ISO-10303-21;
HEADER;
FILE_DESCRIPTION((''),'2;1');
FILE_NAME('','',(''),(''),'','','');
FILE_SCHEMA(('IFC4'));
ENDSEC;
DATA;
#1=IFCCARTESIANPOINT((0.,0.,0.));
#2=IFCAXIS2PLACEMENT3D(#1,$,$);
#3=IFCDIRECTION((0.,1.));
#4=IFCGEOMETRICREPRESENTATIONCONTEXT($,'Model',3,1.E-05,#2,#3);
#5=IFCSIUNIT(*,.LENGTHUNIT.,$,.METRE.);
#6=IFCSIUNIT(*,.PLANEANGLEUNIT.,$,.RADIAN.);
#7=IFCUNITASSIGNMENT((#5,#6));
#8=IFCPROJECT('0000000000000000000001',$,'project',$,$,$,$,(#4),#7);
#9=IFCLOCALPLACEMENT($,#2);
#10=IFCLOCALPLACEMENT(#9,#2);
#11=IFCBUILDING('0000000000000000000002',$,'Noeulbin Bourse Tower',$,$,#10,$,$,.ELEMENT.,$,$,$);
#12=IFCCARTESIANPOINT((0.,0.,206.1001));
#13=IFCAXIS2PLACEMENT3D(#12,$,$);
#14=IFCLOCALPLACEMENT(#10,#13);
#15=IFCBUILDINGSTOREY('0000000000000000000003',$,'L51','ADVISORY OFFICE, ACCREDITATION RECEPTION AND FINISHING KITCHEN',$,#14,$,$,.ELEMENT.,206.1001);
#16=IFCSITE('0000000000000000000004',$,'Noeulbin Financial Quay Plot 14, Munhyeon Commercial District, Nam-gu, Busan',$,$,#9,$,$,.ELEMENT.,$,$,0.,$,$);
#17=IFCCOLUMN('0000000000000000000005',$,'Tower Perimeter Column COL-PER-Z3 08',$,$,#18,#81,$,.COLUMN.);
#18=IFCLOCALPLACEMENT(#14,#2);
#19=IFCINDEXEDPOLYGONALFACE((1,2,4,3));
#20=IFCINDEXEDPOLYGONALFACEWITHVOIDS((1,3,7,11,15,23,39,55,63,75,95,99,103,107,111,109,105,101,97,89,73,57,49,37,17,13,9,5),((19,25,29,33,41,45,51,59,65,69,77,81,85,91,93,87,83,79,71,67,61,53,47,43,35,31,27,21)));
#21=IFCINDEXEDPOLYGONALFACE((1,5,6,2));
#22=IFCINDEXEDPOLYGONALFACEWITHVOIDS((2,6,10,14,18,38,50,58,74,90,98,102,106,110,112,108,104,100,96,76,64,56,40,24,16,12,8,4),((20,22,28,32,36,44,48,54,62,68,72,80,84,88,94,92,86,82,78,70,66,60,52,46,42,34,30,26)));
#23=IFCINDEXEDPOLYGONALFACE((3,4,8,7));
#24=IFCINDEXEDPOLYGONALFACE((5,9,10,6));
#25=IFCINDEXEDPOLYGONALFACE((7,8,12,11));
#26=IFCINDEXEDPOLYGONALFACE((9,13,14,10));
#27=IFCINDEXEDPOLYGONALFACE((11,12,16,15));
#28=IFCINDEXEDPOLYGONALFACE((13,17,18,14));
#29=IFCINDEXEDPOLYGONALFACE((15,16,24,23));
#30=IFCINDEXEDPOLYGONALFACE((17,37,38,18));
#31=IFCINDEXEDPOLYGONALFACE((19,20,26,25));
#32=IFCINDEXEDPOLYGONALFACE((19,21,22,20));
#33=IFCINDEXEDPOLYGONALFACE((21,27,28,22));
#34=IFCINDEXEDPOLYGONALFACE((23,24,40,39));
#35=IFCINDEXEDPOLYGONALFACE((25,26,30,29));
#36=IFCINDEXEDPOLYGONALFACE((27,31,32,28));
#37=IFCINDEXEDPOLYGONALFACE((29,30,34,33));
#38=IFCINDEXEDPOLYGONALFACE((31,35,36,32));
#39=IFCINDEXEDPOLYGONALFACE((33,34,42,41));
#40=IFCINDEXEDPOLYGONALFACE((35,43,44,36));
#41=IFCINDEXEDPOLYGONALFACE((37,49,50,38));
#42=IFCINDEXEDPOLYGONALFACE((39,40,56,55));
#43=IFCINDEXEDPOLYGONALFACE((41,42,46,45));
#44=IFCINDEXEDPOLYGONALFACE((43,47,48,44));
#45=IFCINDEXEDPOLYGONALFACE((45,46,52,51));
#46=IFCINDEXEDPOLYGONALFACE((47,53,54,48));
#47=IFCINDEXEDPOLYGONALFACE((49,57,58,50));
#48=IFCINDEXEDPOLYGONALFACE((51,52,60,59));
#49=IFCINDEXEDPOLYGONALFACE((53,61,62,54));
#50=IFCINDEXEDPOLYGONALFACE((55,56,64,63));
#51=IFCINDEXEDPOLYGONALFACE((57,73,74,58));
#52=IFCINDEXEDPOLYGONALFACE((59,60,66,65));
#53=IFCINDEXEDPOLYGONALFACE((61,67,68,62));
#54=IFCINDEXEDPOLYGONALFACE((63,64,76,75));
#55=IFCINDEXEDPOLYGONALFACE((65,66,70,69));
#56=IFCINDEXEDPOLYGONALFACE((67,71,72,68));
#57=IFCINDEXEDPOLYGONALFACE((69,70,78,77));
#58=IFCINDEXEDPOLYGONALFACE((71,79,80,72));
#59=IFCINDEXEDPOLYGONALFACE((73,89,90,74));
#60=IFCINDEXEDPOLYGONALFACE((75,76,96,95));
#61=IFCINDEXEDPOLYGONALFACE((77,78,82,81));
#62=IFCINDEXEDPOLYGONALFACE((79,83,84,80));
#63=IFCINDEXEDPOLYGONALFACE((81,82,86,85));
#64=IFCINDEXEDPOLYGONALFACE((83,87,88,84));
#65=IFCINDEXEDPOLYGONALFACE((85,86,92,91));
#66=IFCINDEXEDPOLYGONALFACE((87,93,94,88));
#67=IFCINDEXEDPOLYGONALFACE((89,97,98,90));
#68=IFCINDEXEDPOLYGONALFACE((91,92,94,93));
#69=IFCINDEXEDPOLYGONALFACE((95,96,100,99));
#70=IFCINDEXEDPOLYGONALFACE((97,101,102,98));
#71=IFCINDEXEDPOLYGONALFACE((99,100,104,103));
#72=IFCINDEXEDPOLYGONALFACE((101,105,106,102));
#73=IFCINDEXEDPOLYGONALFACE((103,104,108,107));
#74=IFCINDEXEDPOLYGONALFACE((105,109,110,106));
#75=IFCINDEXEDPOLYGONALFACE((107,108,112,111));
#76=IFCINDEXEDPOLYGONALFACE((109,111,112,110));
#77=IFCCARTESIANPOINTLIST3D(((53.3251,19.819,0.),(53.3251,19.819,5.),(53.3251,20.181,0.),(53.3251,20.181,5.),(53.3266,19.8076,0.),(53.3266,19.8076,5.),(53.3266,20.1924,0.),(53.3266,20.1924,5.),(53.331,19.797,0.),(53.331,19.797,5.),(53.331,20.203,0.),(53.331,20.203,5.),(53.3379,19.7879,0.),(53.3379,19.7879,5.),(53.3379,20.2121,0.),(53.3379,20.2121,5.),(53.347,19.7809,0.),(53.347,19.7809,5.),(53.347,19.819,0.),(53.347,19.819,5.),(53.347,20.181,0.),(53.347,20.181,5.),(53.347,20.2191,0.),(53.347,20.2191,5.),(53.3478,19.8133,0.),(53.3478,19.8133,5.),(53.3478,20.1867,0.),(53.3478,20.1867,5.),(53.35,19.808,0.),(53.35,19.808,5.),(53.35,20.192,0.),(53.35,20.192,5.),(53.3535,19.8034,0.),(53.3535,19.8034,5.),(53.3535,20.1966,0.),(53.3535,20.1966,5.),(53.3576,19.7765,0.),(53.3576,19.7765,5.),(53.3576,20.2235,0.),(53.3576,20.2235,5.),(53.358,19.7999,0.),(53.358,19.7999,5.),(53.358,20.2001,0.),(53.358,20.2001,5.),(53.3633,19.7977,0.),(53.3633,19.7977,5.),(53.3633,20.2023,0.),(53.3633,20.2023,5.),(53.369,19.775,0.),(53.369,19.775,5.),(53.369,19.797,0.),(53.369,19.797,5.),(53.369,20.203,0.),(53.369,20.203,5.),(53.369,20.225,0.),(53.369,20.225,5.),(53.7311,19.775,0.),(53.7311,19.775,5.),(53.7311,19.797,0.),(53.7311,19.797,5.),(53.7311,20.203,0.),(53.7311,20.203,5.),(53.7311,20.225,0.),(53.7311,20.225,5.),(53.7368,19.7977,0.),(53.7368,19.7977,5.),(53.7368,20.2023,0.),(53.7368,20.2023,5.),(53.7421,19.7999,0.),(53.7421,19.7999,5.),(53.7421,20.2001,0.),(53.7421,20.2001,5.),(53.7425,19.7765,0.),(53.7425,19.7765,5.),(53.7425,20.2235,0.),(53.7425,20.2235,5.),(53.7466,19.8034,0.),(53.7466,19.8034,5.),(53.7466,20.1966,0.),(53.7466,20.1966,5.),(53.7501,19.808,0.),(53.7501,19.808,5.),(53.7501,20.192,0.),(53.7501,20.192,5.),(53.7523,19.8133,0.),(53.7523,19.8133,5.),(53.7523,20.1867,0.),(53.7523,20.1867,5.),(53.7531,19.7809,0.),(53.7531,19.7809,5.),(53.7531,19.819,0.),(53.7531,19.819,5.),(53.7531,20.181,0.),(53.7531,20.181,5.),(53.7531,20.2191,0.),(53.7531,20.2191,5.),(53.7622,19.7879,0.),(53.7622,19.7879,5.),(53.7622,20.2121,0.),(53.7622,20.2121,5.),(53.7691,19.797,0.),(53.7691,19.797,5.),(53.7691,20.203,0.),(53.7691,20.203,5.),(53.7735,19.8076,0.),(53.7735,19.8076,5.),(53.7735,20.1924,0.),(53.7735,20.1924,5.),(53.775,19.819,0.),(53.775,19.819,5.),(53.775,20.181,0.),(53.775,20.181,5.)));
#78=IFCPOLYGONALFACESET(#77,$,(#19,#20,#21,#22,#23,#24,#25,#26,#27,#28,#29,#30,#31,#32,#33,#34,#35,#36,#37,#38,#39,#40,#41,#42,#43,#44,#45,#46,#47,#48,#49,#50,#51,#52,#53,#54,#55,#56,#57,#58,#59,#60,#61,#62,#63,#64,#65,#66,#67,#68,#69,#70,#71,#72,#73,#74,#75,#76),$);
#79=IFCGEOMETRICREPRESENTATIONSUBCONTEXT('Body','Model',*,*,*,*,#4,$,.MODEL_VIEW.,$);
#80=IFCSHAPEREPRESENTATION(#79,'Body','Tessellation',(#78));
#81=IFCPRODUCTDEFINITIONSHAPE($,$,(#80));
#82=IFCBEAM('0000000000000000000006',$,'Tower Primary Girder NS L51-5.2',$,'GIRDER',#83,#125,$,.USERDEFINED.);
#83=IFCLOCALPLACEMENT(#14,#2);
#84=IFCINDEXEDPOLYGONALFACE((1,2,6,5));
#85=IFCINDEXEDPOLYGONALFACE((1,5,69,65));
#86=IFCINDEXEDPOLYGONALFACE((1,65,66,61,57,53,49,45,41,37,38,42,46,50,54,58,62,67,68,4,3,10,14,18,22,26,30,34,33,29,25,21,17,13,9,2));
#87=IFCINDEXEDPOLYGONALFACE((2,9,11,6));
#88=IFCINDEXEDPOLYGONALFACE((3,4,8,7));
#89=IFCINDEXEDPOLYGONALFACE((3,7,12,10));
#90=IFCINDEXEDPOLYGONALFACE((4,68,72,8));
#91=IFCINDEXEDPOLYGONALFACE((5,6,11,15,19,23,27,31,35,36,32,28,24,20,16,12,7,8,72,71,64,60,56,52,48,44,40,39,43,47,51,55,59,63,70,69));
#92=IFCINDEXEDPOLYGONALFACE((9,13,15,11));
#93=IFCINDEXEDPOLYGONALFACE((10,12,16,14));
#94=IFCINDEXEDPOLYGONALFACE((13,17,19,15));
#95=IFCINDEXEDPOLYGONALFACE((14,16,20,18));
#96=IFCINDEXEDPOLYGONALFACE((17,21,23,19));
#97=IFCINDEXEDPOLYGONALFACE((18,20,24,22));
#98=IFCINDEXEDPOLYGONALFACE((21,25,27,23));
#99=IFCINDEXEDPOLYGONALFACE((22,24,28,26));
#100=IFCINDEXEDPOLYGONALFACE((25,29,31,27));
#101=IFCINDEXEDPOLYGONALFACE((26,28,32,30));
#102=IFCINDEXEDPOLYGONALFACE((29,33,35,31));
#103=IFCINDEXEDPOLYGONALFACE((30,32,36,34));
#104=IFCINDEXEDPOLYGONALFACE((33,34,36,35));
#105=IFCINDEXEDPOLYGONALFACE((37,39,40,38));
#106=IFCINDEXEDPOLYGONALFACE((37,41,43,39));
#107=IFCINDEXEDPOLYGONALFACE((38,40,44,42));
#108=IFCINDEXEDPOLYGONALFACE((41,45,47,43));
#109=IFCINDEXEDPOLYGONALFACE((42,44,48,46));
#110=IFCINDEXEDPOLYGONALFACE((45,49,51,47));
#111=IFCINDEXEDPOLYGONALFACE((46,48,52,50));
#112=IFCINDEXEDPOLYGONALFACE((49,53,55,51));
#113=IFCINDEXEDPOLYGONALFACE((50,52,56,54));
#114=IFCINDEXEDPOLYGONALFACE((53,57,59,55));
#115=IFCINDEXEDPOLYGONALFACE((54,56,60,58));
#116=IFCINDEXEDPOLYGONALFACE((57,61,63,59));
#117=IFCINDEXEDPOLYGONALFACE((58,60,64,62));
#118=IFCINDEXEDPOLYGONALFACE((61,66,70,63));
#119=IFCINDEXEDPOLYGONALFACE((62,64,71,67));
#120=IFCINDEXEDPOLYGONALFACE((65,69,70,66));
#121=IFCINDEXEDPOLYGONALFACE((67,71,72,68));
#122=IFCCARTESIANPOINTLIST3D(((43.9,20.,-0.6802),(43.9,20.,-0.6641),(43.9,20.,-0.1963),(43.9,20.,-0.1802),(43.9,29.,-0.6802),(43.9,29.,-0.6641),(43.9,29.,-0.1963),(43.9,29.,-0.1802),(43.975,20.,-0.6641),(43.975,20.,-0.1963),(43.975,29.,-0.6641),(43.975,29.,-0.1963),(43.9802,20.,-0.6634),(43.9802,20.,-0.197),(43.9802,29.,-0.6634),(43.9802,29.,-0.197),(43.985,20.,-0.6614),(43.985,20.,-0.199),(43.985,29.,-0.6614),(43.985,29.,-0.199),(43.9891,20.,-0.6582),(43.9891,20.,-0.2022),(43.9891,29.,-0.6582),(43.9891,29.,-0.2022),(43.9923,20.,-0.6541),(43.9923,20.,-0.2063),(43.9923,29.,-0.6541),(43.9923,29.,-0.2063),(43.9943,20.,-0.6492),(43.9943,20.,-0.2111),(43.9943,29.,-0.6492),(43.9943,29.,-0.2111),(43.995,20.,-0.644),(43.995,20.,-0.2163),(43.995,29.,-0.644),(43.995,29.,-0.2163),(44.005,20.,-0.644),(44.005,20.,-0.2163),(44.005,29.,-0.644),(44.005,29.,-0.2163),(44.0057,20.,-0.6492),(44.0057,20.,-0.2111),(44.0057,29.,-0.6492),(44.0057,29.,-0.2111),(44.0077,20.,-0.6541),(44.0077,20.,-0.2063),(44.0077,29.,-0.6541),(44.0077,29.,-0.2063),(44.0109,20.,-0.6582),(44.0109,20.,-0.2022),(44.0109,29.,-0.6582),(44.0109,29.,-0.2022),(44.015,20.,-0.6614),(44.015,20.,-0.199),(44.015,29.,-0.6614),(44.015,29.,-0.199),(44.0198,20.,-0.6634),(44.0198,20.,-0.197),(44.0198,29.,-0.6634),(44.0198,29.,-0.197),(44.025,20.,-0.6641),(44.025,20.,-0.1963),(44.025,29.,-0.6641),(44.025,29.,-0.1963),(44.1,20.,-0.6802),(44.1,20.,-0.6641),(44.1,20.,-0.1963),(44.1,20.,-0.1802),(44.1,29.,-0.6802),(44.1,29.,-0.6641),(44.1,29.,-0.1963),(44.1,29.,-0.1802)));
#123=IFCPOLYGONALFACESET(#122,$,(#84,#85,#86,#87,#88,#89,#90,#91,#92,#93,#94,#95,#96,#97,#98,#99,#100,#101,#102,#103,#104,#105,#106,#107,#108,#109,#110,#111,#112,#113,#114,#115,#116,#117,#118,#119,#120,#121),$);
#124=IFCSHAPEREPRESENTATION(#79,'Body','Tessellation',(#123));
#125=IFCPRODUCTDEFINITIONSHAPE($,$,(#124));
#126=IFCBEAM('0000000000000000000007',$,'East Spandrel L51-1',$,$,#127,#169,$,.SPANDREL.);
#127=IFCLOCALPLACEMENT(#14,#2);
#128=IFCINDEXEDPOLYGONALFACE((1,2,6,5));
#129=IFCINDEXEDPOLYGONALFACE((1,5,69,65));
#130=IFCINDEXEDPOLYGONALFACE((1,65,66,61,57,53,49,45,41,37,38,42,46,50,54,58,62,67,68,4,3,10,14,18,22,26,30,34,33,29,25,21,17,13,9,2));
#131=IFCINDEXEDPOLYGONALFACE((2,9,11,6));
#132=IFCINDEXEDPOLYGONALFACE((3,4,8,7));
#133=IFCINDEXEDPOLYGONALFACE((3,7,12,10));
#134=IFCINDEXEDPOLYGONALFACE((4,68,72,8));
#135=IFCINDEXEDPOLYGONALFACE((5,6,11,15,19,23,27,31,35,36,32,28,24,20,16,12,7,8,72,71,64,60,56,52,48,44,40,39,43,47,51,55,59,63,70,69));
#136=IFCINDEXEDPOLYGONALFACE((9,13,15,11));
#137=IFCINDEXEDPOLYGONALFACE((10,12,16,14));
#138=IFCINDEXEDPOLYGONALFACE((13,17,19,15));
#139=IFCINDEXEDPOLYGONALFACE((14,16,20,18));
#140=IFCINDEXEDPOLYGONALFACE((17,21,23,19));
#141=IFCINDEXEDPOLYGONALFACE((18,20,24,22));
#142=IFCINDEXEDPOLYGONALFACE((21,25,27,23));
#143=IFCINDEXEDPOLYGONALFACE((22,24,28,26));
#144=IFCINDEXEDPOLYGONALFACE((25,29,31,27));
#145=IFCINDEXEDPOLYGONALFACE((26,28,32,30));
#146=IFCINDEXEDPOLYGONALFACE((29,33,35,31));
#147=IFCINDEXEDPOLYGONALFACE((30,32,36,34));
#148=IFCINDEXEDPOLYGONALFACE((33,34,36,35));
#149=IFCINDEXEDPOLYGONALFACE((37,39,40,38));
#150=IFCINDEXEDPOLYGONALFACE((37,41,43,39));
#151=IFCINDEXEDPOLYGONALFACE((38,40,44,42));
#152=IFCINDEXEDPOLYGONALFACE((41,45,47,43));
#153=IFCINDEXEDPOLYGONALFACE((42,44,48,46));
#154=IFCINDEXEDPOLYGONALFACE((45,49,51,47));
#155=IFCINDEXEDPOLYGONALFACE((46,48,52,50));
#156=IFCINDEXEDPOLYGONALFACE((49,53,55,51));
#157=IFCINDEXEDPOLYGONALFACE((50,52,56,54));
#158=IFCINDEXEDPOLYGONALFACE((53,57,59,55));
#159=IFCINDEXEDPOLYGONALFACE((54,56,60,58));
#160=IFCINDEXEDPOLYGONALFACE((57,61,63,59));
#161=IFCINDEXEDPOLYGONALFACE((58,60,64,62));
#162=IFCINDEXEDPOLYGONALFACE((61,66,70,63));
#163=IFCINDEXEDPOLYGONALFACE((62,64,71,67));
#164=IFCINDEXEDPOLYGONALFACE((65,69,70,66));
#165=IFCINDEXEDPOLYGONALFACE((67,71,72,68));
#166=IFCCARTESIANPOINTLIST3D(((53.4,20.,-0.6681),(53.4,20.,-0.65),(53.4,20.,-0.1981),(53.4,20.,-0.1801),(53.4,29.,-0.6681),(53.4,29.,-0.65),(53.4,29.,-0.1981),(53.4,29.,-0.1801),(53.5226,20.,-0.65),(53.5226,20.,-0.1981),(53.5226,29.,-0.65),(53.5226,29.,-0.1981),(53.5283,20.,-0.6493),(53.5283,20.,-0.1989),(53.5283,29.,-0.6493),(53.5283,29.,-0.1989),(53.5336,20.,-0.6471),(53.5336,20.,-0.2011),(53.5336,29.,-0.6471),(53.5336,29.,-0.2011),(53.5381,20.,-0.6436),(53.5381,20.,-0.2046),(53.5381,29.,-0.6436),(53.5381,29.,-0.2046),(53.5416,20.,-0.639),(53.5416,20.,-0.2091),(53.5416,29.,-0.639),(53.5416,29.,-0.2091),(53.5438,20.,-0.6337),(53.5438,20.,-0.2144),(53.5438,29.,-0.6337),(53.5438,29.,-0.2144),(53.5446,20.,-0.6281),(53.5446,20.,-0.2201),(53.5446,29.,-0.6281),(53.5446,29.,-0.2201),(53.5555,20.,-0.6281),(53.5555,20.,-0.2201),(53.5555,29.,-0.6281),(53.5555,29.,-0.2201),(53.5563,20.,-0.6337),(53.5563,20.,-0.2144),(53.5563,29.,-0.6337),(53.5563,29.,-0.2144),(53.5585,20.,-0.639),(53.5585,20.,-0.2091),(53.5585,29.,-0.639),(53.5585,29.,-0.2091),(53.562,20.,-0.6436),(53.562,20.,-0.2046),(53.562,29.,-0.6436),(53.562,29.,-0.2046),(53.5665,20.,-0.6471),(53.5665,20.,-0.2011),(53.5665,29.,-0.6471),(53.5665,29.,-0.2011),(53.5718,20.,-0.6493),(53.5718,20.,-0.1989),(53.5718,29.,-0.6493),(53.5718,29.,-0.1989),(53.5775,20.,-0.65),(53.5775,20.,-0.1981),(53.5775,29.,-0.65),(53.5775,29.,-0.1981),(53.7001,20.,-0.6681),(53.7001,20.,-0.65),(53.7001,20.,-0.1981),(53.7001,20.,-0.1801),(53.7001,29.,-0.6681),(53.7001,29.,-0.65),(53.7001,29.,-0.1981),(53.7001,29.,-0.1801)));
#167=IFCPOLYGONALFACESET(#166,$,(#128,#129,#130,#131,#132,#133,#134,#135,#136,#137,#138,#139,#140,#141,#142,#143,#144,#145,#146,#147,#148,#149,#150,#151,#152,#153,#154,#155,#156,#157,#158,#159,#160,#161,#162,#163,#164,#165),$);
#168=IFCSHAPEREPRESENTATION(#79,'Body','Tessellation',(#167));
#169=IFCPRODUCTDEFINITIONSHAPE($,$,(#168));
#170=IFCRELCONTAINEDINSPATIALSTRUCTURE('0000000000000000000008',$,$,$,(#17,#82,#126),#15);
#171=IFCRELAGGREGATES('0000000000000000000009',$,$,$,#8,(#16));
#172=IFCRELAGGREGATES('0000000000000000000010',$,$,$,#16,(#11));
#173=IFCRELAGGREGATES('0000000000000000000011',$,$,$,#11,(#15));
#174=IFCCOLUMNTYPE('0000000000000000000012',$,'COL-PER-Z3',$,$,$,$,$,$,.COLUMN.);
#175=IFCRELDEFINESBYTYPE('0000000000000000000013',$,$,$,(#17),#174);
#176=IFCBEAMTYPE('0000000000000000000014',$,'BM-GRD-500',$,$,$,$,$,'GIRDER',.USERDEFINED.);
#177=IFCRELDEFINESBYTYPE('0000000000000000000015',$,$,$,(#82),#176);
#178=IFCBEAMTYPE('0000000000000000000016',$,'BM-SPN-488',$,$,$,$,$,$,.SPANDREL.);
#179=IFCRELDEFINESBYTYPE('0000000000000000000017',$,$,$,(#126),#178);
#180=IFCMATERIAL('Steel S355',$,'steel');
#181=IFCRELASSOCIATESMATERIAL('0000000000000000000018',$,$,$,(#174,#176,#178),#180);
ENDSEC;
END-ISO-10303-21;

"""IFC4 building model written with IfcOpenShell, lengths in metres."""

from ifc_helpers import new_model, si_unit, direction, frame, origin, origin_2d, place, context, subcontext, project, spatial, hollow_rectangle, i_section, extrude, material, material_profile, profile_set, type_object, element, save


model = new_model("IFC4")

# Units and contexts
model_context = context("Model", 3, precision=1e-05, world=origin(), true_north=direction((0.0, 1.0)))
body_context = subcontext(model_context, "Body", "Model", "MODEL_VIEW")
ifc_project = project(units=[si_unit("LENGTHUNIT", "METRE"), si_unit("PLANEANGLEUNIT", "RADIAN")], contexts=[model_context])

# Site, building, storey
site_placement = place(None, origin())
site = spatial("IfcSite", under=ifc_project, at=site_placement, Name="Noeulbin Financial Quay Plot 14, Munhyeon Commercial District, Nam-gu, Busan", CompositionType="ELEMENT", RefElevation=0.0)
building_placement = place(site_placement, origin())
building = spatial("IfcBuilding", under=site, at=building_placement, Name="Noeulbin Bourse Tower", CompositionType="ELEMENT")
storey_placement = place(building_placement, frame((0.0, 0.0, 206.1001)))
storey = spatial("IfcBuildingStorey", under=building, at=storey_placement, Name="L51", Description="ADVISORY OFFICE, ACCREDITATION RECEPTION AND FINISHING KITCHEN", CompositionType="ELEMENT", Elevation=206.1001)

# Column
ifc_material_1 = material(Name="Steel S355", Category="steel")
ifc_material_profile_1 = material_profile(ifc_material_1, hollow_rectangle(XDim=0.45, YDim=0.45, WallThickness=0.022, InnerFilletRadius=0.022, OuterFilletRadius=0.0439, at=origin_2d()), Name="SHS-450x450x22", Category="LoadBearing")
ifc_profile_set_1 = profile_set([ifc_material_profile_1], Name="Steel S355")
column_type = type_object("IfcColumnType", Name="COL-PER-Z3", PredefinedType="COLUMN", material=ifc_profile_set_1)
column_placement = place(storey_placement, frame((53.55, 20.0, 0.0), z_axis=(0.0, 0.0, 1.0), x_axis=(1.0, 0.0, 0.0)))
element("IfcColumn", 1, at=column_placement, inside=storey, type_object=column_type, Name="Tower Perimeter Column COL-PER-Z3 08", PredefinedType="COLUMN", context=body_context, shape_type="SweptSolid", body=[
    extrude(hollow_rectangle(XDim=0.45, YDim=0.45, WallThickness=0.022, InnerFilletRadius=0.022, OuterFilletRadius=0.0439, at=origin_2d()), origin(), (0.0, 0.0, 1.0), 5.0),
])

# Beams
ifc_material_profile_2 = material_profile(ifc_material_1, i_section(OverallWidth=0.2, OverallDepth=0.5, WebThickness=0.01, FlangeThickness=0.0161, FilletRadius=0.02, at=origin_2d()), Name="H-500x200x10x16", Category="LoadBearing")
ifc_profile_set_2 = profile_set([ifc_material_profile_2], Name="Steel S355")
beam_type_1 = type_object("IfcBeamType", Name="BM-GRD-500", ElementType="GIRDER", PredefinedType="USERDEFINED", material=ifc_profile_set_2)
beam_1_placement = place(storey_placement, frame((44.0, 20.0, -0.4302), z_axis=(0.0, 1.0, 0.0), x_axis=(-1.0, 0.0, 0.0)))
element("IfcBeam", 2, at=beam_1_placement, inside=storey, type_object=beam_type_1, Name="Tower Primary Girder NS L51-5.2", ObjectType="GIRDER", PredefinedType="USERDEFINED", context=body_context, shape_type="SweptSolid", body=[
    extrude(i_section(OverallWidth=0.2, OverallDepth=0.5, WebThickness=0.01, FlangeThickness=0.0161, FilletRadius=0.02, at=origin_2d()), origin(), (0.0, 0.0, 1.0), 9.0),
])
ifc_material_profile_3 = material_profile(ifc_material_1, i_section(OverallWidth=0.3, OverallDepth=0.488, WebThickness=0.011, FlangeThickness=0.0181, FilletRadius=0.022, at=origin_2d()), Name="H-488x300x11x18", Category="LoadBearing")
ifc_profile_set_3 = profile_set([ifc_material_profile_3], Name="Steel S355")
beam_type_2 = type_object("IfcBeamType", Name="BM-SPN-488", PredefinedType="SPANDREL", material=ifc_profile_set_3)
beam_2_placement = place(storey_placement, frame((53.55, 20.0, -0.4241), z_axis=(0.0, 1.0, 0.0), x_axis=(-1.0, 0.0, 0.0)))
element("IfcBeam", 3, at=beam_2_placement, inside=storey, type_object=beam_type_2, Name="East Spandrel L51-1", PredefinedType="SPANDREL", context=body_context, shape_type="SweptSolid", body=[
    extrude(i_section(OverallWidth=0.3, OverallDepth=0.488, WebThickness=0.011, FlangeThickness=0.0181, FilletRadius=0.022, at=origin_2d()), origin(), (0.0, 0.0, 1.0), 9.0),
])

save(model, "model.ifc")
